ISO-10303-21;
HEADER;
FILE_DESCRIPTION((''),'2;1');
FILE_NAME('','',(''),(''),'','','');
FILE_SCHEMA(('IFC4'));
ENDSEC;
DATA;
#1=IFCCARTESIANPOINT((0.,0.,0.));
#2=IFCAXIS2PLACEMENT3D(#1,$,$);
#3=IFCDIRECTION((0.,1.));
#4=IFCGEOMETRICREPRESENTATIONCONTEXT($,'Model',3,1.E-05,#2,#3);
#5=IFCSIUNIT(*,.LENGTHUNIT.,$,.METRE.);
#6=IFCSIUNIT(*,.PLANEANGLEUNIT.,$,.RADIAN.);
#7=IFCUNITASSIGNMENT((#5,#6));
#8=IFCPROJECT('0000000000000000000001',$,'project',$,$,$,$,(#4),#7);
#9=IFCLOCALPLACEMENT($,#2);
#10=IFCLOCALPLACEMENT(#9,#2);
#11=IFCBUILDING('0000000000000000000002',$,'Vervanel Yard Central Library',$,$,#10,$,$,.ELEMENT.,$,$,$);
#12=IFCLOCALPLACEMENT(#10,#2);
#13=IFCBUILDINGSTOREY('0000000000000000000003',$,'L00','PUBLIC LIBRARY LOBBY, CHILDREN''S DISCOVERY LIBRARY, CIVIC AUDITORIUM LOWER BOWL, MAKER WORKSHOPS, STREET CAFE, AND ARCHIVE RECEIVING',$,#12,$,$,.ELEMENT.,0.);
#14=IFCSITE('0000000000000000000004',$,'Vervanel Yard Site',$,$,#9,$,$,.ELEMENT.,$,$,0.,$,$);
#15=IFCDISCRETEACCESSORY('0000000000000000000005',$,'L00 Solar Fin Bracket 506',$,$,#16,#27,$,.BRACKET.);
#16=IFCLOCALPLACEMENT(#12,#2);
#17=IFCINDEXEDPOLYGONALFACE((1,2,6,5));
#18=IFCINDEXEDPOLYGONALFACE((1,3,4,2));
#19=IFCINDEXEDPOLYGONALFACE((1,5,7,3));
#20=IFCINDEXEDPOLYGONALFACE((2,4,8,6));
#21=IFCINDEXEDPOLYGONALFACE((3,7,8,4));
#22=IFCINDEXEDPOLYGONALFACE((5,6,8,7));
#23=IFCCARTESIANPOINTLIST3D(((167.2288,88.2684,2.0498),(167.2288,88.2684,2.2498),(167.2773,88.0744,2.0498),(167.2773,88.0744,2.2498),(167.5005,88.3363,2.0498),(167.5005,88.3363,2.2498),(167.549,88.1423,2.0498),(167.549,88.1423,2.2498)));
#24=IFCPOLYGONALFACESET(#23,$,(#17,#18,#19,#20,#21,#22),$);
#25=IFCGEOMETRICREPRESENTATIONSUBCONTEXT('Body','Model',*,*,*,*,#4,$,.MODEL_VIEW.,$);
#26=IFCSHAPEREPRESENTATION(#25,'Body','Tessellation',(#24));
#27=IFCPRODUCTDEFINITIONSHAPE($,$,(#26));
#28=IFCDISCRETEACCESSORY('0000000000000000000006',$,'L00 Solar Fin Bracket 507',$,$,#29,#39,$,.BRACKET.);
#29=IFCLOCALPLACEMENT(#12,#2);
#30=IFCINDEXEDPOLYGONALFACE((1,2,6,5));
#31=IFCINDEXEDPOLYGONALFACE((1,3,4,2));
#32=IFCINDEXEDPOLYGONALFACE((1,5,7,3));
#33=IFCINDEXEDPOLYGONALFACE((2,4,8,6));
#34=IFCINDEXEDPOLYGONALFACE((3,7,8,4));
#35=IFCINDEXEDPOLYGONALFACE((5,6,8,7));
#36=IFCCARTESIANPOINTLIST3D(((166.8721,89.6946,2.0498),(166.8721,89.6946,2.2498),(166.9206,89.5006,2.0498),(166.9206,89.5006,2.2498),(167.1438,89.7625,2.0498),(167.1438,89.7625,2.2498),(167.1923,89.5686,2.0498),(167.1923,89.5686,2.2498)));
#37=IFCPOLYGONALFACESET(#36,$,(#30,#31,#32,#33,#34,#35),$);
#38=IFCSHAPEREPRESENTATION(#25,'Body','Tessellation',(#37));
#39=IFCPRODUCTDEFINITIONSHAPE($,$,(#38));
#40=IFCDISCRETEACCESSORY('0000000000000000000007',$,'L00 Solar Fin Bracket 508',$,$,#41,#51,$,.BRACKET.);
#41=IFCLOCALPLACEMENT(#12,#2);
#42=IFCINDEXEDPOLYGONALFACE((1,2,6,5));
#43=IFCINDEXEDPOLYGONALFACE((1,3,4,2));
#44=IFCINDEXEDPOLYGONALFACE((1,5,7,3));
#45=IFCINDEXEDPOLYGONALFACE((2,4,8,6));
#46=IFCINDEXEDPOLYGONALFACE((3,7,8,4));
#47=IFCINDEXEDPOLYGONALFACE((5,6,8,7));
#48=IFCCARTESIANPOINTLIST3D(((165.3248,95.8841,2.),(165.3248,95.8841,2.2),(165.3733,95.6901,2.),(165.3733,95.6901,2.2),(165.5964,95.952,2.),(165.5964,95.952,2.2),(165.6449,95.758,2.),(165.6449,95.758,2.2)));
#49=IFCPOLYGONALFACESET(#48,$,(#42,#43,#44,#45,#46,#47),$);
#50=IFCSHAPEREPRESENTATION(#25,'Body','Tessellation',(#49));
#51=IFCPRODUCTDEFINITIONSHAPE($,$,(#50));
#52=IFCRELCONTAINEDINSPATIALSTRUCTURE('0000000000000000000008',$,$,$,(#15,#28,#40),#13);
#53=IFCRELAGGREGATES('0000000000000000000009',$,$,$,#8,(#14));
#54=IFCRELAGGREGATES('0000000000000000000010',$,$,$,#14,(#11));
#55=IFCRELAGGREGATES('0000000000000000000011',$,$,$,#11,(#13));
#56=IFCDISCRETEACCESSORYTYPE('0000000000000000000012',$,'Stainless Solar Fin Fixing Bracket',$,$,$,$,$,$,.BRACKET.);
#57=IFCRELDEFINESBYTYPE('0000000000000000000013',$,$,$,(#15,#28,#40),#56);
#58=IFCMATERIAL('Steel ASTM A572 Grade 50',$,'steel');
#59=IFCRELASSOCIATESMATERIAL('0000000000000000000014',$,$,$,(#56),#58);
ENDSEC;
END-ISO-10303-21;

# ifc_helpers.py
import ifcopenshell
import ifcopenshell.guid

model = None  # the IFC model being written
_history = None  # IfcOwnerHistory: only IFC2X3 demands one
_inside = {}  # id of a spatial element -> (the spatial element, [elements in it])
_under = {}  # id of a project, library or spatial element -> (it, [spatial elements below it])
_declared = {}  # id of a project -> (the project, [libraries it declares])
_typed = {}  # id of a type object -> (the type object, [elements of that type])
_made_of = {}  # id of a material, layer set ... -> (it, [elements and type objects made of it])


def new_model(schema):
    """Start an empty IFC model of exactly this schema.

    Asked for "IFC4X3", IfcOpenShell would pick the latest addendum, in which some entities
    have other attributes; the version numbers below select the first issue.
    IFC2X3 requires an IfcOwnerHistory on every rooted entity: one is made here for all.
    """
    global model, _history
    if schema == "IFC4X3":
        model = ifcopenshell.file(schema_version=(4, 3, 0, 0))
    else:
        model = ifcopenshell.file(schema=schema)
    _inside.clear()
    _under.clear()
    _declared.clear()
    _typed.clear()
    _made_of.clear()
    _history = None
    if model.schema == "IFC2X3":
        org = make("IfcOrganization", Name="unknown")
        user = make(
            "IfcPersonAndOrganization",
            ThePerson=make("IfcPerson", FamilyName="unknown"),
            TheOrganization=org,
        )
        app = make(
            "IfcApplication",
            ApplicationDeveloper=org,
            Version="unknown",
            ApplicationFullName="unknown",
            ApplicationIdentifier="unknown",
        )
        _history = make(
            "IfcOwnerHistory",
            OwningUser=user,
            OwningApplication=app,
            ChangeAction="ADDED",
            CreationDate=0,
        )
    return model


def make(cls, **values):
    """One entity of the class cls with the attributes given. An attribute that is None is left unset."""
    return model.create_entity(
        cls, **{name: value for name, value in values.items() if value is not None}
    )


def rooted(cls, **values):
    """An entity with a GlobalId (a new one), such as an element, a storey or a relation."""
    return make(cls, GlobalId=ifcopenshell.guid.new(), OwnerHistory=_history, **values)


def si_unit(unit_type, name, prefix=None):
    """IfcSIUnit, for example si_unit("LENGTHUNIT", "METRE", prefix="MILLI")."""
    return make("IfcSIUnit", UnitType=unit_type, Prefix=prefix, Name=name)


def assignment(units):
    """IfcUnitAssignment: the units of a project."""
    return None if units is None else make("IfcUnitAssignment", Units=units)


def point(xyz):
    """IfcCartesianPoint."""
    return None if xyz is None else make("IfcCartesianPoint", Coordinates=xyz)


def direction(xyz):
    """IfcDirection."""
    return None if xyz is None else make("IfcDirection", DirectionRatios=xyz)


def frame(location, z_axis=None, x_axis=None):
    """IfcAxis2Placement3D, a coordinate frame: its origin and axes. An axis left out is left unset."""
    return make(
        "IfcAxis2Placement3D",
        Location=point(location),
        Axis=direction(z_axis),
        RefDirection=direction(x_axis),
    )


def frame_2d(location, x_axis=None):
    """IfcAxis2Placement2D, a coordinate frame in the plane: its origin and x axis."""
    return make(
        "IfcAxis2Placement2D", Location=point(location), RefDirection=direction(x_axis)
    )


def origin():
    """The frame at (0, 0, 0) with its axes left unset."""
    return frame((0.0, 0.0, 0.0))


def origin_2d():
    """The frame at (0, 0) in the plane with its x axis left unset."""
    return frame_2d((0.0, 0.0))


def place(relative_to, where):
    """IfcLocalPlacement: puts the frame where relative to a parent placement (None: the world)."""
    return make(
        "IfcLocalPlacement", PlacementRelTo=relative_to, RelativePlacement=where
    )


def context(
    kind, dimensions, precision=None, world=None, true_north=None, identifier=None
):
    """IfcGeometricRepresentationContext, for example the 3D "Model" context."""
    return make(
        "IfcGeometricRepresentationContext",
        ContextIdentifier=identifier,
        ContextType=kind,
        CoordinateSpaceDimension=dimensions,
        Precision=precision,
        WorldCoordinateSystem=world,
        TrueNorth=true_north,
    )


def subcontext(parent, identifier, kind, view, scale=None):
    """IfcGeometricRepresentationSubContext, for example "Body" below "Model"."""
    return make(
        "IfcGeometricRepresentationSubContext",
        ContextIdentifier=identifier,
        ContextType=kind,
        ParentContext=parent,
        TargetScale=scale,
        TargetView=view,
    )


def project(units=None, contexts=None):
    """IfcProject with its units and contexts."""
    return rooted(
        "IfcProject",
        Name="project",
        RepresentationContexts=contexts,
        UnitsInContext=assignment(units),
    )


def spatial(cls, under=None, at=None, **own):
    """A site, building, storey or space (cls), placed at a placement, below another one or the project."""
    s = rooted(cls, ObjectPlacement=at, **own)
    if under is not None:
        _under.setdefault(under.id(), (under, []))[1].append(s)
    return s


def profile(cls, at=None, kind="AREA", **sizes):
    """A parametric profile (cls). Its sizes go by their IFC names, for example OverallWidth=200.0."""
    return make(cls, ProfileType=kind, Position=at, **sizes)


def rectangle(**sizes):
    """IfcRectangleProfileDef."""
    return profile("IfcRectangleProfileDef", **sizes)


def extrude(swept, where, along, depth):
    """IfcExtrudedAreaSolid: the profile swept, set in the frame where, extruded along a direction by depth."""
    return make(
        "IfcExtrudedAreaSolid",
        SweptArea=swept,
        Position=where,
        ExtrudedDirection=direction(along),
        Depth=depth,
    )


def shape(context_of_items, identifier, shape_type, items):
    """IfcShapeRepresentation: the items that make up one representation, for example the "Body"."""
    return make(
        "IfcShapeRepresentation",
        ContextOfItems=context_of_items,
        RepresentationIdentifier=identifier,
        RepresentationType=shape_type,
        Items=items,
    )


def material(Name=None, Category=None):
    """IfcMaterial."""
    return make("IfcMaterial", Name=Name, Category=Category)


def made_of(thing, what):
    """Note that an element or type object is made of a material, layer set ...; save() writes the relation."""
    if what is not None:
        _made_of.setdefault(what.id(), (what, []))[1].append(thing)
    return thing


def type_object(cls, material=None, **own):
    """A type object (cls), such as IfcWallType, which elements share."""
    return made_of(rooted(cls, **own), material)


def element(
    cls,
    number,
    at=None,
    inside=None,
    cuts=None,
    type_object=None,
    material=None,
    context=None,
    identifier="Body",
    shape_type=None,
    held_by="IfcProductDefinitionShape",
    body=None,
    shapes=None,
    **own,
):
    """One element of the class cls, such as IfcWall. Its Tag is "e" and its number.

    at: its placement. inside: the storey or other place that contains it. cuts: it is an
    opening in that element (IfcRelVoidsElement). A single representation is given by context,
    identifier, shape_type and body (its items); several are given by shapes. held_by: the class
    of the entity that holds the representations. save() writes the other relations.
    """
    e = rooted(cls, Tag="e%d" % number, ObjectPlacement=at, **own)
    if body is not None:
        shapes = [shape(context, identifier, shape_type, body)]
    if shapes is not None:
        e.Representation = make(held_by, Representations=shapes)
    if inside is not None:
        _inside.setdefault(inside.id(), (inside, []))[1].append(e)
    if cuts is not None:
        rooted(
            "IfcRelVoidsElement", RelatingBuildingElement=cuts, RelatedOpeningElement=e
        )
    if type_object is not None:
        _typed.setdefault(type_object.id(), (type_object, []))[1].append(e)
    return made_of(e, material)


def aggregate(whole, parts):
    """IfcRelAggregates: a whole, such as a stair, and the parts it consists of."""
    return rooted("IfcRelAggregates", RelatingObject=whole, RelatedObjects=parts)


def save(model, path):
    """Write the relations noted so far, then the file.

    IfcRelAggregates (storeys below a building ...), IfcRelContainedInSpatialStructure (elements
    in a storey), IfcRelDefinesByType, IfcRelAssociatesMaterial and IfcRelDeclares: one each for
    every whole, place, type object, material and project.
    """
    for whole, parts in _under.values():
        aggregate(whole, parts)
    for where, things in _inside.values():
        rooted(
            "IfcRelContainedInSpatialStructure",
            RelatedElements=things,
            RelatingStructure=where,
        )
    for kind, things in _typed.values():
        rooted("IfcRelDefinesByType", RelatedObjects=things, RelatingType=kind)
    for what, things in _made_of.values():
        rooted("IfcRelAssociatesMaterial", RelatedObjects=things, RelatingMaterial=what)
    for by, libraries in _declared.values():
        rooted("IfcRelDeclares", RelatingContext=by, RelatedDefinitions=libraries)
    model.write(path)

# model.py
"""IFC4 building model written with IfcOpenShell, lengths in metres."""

from ifc_helpers import new_model, si_unit, direction, frame, origin, origin_2d, place, context, subcontext, project, spatial, rectangle, extrude, material, type_object, element, save


model = new_model("IFC4")

# Units and contexts
model_context = context("Model", 3, precision=1e-05, world=origin(), true_north=direction((0.0, 1.0)))
body_context = subcontext(model_context, "Body", "Model", "MODEL_VIEW")
ifc_project = project(units=[si_unit("LENGTHUNIT", "METRE"), si_unit("PLANEANGLEUNIT", "RADIAN")], contexts=[model_context])

# Site, building, storey
site_placement = place(None, origin())
site = spatial("IfcSite", under=ifc_project, at=site_placement, Name="Vervanel Yard Site", CompositionType="ELEMENT", RefElevation=0.0)
building_placement = place(site_placement, origin())
building = spatial("IfcBuilding", under=site, at=building_placement, Name="Vervanel Yard Central Library", CompositionType="ELEMENT")
storey_placement = place(building_placement, origin())
storey = spatial("IfcBuildingStorey", under=building, at=storey_placement, Name="L00", Description="PUBLIC LIBRARY LOBBY, CHILDREN'S DISCOVERY LIBRARY, CIVIC AUDITORIUM LOWER BOWL, MAKER WORKSHOPS, STREET CAFE, AND ARCHIVE RECEIVING", CompositionType="ELEMENT", Elevation=0.0)

# Shared definitions
ifc_material_1 = material(Name="Steel ASTM A572 Grade 50", Category="steel")

# Discrete accessories
discrete_accessory_type = type_object("IfcDiscreteAccessoryType", Name="Stainless Solar Fin Fixing Bracket", PredefinedType="BRACKET", material=ifc_material_1)
for number, where, z_axis, x_axis, name in (
    (1, (167.3889, 88.2053, 2.0498), (0.0, 0.0, 1.0), (-0.242535, 0.970143, 0.0), "L00 Solar Fin Bracket 506"),
    (2, (167.0322, 89.6316, 2.0498), (0.0, 0.0, 1.0), (-0.242535, 0.970143, 0.0), "L00 Solar Fin Bracket 507"),
    (3, (165.4849, 95.821, 2.0), (0.0, 0.0, 1.0), (-0.242535, 0.970143, 0.0), "L00 Solar Fin Bracket 508"),
):
    element("IfcDiscreteAccessory", number, at=place(storey_placement, frame(where, z_axis=z_axis, x_axis=x_axis)), inside=storey, type_object=discrete_accessory_type, Name=name, PredefinedType="BRACKET", context=body_context, shape_type="SweptSolid", body=[
        extrude(rectangle(XDim=0.2, YDim=0.28, at=origin_2d()), origin(), (0.0, 0.0, 1.0), 0.2),
    ])

save(model, "model.ifc")
